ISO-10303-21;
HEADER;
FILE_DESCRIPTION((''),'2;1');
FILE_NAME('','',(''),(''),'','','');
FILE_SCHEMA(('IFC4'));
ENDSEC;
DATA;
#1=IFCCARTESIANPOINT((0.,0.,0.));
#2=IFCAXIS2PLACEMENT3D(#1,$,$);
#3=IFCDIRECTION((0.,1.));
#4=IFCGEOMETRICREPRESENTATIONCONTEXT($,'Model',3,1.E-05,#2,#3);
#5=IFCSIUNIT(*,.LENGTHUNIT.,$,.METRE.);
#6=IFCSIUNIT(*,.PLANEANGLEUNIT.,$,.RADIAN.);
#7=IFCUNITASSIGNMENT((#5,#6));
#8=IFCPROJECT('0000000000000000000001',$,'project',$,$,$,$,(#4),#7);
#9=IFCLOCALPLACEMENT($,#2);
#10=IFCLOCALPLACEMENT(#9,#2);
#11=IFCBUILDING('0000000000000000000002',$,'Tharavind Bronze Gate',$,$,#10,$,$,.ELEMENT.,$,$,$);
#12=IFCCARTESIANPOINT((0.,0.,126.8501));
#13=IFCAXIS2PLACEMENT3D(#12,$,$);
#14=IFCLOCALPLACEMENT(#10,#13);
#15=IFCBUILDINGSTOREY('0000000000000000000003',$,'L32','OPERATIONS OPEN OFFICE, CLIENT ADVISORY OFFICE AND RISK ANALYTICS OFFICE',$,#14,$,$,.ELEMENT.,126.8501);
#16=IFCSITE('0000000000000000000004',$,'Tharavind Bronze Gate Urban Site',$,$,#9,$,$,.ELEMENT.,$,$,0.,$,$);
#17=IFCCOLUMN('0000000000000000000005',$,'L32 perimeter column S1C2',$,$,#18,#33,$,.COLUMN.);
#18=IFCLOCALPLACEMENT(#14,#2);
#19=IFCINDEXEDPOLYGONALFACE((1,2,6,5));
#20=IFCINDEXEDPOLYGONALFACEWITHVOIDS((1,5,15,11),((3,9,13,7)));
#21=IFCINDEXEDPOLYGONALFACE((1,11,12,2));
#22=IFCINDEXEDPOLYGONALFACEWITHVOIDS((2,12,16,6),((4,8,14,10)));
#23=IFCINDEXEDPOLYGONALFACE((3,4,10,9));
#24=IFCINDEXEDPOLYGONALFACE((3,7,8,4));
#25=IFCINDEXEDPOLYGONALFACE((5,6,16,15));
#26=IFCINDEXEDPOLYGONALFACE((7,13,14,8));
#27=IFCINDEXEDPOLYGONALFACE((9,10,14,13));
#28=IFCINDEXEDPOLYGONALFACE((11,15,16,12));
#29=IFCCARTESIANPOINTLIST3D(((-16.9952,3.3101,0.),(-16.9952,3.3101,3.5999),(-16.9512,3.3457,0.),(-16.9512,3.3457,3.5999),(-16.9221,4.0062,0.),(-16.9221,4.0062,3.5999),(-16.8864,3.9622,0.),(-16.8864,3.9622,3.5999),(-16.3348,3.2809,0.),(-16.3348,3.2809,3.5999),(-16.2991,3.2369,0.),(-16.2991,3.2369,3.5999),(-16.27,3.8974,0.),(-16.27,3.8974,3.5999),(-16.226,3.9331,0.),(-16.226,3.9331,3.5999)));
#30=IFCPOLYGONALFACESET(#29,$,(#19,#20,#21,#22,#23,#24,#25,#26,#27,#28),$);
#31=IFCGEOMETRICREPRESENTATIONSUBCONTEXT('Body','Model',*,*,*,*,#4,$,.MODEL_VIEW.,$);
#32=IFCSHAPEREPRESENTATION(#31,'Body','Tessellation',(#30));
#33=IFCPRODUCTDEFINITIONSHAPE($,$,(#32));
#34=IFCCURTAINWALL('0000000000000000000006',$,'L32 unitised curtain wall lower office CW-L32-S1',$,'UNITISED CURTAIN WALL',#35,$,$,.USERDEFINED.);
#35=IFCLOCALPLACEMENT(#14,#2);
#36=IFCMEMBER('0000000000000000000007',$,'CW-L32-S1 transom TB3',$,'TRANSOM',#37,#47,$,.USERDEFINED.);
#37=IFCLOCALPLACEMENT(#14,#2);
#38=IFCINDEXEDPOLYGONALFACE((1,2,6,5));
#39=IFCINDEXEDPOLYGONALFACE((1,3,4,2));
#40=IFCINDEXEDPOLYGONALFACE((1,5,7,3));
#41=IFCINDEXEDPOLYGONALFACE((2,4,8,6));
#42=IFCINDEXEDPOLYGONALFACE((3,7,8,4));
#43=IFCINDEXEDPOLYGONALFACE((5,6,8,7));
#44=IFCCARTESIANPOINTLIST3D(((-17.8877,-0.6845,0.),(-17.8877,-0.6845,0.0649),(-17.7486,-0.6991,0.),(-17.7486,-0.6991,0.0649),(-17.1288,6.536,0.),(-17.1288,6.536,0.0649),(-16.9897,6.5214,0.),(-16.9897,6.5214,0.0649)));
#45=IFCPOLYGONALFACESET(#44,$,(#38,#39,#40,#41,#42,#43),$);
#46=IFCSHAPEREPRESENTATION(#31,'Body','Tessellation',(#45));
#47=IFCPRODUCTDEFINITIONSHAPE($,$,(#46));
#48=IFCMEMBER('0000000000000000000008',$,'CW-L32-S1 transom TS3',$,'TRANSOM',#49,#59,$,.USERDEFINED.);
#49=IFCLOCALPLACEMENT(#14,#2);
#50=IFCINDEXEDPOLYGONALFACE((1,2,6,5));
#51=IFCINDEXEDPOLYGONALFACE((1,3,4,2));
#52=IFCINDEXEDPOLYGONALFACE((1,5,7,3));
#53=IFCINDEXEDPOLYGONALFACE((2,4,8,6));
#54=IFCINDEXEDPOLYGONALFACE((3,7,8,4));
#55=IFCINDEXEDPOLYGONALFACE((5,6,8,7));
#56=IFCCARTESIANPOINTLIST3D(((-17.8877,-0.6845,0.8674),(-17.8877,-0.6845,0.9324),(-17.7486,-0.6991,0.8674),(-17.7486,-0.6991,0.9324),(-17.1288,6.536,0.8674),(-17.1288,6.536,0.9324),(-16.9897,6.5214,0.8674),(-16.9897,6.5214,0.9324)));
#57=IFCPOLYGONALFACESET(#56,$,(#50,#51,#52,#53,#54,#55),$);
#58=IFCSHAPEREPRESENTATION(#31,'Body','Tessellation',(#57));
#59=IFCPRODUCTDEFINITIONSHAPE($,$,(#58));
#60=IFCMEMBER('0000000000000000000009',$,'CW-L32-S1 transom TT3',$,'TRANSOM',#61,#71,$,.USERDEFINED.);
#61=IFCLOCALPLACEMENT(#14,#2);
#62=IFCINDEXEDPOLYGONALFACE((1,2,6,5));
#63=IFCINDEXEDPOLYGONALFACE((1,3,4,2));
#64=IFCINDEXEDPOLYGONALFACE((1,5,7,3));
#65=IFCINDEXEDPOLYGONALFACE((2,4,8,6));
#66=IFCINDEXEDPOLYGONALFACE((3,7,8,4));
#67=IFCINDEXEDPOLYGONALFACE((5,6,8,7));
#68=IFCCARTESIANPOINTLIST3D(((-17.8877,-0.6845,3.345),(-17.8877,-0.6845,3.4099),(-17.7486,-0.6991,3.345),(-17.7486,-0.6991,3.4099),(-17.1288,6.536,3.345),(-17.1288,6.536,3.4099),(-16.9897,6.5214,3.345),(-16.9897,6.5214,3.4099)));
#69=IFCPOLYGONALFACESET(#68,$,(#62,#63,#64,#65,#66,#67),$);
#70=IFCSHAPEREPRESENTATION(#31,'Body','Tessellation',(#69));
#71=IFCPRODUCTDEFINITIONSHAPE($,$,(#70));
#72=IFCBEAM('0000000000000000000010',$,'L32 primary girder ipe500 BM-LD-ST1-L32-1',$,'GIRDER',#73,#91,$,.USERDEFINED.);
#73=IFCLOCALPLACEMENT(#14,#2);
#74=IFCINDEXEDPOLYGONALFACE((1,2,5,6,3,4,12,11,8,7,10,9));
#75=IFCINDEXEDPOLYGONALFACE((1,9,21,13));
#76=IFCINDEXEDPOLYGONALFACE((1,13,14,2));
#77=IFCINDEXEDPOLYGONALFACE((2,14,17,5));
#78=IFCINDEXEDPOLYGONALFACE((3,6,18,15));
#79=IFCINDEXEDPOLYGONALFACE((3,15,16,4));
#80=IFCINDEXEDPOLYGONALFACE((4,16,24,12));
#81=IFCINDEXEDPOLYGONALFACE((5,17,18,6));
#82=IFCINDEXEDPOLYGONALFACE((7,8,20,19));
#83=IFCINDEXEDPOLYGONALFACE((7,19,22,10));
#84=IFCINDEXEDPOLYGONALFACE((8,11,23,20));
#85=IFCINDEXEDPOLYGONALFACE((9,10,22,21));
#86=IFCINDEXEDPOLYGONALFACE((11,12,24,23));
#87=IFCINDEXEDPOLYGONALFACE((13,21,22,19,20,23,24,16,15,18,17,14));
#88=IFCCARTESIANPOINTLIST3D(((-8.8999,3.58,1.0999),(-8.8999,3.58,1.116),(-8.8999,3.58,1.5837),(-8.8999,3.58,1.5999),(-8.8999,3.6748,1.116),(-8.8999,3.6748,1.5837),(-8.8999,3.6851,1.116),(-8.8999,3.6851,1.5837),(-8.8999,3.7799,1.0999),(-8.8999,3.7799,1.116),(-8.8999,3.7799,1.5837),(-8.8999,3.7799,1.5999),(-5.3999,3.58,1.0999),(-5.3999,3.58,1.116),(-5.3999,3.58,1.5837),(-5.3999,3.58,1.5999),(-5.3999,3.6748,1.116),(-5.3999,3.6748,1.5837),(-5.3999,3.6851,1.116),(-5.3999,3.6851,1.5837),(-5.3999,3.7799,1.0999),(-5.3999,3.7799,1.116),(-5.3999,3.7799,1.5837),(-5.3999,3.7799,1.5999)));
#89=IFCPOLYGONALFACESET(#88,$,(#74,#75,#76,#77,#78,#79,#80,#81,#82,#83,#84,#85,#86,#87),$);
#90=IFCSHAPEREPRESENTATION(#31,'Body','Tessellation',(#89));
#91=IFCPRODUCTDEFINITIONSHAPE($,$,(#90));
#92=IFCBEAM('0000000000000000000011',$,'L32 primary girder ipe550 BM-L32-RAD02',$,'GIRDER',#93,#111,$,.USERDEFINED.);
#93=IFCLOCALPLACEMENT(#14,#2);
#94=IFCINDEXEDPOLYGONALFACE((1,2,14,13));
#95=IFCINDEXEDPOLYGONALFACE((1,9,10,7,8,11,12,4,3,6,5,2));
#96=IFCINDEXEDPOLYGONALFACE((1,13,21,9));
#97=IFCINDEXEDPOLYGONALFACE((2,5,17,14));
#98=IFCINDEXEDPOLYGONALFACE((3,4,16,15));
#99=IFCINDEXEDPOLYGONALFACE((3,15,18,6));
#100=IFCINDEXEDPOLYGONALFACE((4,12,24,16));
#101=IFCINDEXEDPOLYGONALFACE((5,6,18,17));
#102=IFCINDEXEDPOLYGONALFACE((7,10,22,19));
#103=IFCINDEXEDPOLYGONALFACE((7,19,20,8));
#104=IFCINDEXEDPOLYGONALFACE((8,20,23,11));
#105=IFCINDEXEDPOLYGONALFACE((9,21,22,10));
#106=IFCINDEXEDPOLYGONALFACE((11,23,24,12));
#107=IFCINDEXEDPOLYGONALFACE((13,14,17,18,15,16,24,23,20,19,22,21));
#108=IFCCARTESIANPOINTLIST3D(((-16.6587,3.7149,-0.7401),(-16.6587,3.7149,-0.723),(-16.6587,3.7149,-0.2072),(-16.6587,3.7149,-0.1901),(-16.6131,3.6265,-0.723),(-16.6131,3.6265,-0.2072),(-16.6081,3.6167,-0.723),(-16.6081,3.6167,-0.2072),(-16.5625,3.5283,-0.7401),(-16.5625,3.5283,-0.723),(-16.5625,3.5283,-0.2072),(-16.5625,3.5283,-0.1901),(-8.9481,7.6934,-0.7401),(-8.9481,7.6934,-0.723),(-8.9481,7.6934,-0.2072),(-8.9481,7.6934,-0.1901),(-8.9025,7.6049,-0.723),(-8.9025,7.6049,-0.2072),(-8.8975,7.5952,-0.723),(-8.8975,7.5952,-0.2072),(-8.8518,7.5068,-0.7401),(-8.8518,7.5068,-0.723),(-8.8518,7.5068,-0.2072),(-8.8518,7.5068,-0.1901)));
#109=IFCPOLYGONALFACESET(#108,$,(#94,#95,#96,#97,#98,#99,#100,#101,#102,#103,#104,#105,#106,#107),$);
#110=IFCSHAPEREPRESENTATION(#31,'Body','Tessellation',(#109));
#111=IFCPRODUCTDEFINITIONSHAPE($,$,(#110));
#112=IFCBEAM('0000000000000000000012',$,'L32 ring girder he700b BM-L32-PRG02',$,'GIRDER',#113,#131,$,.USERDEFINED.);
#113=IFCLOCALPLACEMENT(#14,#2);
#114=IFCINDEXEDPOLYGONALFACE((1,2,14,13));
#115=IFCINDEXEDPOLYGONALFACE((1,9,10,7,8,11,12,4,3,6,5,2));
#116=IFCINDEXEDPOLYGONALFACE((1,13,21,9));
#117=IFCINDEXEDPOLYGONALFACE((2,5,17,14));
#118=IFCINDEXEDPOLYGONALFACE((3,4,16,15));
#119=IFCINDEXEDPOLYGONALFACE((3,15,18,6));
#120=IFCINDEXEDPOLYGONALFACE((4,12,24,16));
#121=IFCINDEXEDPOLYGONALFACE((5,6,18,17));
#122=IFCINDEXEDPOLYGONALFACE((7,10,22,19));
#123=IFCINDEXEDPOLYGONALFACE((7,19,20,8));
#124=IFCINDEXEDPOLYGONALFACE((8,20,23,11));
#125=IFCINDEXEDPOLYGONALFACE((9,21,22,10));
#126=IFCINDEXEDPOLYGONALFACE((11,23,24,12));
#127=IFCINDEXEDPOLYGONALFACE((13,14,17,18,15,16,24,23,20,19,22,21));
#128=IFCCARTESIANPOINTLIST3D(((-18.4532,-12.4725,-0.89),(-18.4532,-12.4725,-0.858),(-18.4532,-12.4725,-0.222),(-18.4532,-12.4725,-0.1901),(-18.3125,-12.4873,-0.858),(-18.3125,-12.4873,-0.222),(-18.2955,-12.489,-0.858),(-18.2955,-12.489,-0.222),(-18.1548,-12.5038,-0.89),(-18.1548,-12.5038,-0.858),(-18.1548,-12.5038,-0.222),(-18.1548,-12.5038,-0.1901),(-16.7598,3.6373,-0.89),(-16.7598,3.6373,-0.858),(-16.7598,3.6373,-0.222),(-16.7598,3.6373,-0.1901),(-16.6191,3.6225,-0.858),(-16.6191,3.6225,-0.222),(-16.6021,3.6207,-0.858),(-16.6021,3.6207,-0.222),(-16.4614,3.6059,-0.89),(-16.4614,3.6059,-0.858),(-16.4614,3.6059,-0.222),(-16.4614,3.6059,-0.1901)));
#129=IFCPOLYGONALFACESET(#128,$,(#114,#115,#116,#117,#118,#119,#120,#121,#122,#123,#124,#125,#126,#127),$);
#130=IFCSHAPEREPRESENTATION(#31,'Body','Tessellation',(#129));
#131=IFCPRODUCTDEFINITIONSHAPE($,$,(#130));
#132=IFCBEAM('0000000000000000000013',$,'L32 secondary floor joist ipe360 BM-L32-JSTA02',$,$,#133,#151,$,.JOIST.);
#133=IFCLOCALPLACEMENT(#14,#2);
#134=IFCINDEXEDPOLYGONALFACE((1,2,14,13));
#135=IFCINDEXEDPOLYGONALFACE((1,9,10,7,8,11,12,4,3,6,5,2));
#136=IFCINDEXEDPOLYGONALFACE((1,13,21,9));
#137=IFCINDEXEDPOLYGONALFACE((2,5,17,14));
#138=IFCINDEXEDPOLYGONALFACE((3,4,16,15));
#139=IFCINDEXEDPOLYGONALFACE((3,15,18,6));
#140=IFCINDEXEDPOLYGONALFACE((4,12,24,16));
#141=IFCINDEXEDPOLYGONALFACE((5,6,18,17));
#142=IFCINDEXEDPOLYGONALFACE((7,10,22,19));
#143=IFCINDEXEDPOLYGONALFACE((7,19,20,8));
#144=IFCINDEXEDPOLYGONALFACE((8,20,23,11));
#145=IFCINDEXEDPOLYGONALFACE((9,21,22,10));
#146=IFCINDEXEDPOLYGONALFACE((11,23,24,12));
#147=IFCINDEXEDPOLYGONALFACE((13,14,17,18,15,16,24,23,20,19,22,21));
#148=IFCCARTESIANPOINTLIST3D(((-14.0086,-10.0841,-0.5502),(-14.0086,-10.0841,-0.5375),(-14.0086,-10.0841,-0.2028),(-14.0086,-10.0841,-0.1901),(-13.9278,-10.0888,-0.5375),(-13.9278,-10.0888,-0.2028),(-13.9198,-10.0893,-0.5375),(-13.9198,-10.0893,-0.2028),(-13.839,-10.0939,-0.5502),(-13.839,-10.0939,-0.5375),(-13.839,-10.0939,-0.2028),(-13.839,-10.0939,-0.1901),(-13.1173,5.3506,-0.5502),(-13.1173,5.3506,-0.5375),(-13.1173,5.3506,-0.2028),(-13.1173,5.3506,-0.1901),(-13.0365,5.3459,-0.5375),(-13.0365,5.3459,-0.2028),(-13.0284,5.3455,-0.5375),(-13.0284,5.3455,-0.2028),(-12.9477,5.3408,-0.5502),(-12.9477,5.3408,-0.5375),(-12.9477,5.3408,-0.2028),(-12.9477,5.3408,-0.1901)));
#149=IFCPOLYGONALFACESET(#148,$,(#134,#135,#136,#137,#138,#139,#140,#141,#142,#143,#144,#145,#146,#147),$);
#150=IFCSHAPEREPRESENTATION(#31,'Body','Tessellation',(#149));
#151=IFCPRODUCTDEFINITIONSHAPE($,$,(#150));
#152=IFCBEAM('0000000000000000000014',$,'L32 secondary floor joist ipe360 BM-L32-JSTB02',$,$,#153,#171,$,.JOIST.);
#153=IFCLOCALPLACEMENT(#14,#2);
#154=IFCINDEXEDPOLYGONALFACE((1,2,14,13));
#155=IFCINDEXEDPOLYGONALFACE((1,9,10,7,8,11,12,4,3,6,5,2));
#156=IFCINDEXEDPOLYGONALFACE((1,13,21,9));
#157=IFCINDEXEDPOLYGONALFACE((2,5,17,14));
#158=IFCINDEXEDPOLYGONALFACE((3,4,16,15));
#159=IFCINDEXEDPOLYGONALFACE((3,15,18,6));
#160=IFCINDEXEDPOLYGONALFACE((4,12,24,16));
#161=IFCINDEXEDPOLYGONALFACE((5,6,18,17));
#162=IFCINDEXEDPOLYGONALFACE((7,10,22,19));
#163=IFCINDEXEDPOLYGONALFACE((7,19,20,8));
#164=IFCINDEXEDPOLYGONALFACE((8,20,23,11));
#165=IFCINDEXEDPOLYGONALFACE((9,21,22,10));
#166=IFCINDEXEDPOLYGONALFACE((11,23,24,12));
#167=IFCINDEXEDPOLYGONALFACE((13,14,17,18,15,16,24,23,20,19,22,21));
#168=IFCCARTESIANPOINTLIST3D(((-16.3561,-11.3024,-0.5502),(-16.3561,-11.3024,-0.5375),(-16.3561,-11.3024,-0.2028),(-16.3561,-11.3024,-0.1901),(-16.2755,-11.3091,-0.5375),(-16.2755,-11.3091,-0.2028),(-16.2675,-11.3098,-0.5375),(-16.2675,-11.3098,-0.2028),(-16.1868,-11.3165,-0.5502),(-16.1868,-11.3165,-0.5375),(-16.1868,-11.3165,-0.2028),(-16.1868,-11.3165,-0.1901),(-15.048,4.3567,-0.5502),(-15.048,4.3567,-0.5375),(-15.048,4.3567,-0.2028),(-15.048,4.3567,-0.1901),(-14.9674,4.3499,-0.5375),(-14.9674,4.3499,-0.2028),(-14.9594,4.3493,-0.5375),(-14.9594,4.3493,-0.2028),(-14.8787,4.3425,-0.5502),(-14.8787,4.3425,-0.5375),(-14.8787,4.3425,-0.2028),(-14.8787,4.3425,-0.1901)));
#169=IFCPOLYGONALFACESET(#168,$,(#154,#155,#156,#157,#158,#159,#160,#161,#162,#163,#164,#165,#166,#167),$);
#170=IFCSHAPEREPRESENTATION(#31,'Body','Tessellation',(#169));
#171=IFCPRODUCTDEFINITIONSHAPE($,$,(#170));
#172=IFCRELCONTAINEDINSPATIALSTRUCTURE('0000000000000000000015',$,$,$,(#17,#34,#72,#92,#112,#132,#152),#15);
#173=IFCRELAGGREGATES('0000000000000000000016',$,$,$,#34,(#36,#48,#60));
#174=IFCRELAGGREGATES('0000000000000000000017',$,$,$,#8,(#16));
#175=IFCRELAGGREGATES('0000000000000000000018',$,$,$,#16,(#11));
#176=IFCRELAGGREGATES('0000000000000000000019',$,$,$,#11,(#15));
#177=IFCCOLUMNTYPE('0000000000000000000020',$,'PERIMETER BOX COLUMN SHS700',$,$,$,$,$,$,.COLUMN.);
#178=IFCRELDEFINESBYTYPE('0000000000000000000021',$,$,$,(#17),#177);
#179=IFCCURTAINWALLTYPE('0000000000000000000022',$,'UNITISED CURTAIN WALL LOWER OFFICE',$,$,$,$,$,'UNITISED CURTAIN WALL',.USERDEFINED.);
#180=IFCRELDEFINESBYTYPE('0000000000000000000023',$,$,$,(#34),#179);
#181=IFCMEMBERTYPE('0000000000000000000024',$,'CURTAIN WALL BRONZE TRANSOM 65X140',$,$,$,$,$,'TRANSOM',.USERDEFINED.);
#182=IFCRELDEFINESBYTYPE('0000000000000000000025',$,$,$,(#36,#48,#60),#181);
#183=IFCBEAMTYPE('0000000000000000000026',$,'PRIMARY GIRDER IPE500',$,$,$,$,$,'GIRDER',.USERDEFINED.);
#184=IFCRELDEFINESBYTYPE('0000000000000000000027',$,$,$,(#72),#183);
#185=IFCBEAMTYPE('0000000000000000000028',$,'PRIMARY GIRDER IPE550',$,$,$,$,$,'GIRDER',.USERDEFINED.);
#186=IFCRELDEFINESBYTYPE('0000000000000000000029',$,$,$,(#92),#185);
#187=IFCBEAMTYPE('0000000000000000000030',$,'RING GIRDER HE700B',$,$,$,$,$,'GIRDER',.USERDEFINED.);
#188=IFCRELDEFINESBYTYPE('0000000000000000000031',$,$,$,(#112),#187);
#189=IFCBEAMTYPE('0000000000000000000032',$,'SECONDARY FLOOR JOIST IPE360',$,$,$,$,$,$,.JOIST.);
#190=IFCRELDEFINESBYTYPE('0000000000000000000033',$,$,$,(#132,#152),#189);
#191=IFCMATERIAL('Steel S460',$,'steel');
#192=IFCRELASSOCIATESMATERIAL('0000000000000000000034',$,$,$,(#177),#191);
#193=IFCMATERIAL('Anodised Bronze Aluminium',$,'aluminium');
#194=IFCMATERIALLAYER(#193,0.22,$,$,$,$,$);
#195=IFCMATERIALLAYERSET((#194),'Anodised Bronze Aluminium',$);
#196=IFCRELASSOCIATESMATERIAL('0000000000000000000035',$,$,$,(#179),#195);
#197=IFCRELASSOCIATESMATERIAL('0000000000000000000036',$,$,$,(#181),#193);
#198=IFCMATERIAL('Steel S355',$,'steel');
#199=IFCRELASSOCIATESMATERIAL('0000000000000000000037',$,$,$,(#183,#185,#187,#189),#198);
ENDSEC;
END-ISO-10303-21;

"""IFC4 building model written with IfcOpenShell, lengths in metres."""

from ifc_helpers import new_model, si_unit, direction, frame, origin, origin_2d, place, context, subcontext, project, spatial, rectangle, hollow_rectangle, i_section, extrude, material, layer, layer_set, material_profile, profile_set, type_object, element, aggregate, save


model = new_model("IFC4")

# Units and contexts
model_context = context("Model", 3, precision=1e-05, world=origin(), true_north=direction((0.0, 1.0)))
body_context = subcontext(model_context, "Body", "Model", "MODEL_VIEW")
ifc_project = project(units=[si_unit("LENGTHUNIT", "METRE"), si_unit("PLANEANGLEUNIT", "RADIAN")], contexts=[model_context])

# Site, building, storey
site_placement = place(None, origin())
site = spatial("IfcSite", under=ifc_project, at=site_placement, Name="Tharavind Bronze Gate Urban Site", CompositionType="ELEMENT", RefElevation=0.0)
building_placement = place(site_placement, origin())
building = spatial("IfcBuilding", under=site, at=building_placement, Name="Tharavind Bronze Gate", CompositionType="ELEMENT")
storey_placement = place(building_placement, frame((0.0, 0.0, 126.8501)))
storey = spatial("IfcBuildingStorey", under=building, at=storey_placement, Name="L32", Description="OPERATIONS OPEN OFFICE, CLIENT ADVISORY OFFICE AND RISK ANALYTICS OFFICE", CompositionType="ELEMENT", Elevation=126.8501)

# Column
ifc_material_1 = material(Name="Steel S460", Category="steel")
ifc_material_profile_1 = material_profile(ifc_material_1, hollow_rectangle(XDim=0.7, YDim=0.7, WallThickness=0.04, at=origin_2d()), Name="SHS700X40")
ifc_profile_set_1 = profile_set([ifc_material_profile_1], Name="Steel S460")
column_type = type_object("IfcColumnType", Name="PERIMETER BOX COLUMN SHS700", PredefinedType="COLUMN", material=ifc_profile_set_1)
column_placement = place(storey_placement, frame((-16.6106, 3.6216, 0.0), z_axis=(0.0, 0.0, 1.0), x_axis=(0.10453, 0.994522, 0.0)))
element("IfcColumn", 1, at=column_placement, inside=storey, type_object=column_type, Name="L32 perimeter column S1C2", PredefinedType="COLUMN", context=body_context, shape_type="SweptSolid", body=[
    extrude(hollow_rectangle(XDim=0.7, YDim=0.7, WallThickness=0.04, at=origin_2d()), origin(), (0.0, 0.0, 1.0), 3.5999),
])

# Curtain wall, members
ifc_material_2 = material(Name="Anodised Bronze Aluminium", Category="aluminium")
ifc_layer_1 = layer(ifc_material_2, 0.22)
ifc_layer_set_1 = layer_set([ifc_layer_1], Name="Anodised Bronze Aluminium")
curtain_wall_type = type_object("IfcCurtainWallType", Name="UNITISED CURTAIN WALL LOWER OFFICE", ElementType="UNITISED CURTAIN WALL", PredefinedType="USERDEFINED", material=ifc_layer_set_1)
curtain_wall_placement = place(storey_placement, origin())
curtain_wall = element("IfcCurtainWall", 2, at=curtain_wall_placement, inside=storey, type_object=curtain_wall_type, Name="L32 unitised curtain wall lower office CW-L32-S1", ObjectType="UNITISED CURTAIN WALL", PredefinedType="USERDEFINED")
member_type = type_object("IfcMemberType", Name="CURTAIN WALL BRONZE TRANSOM 65X140", ElementType="TRANSOM", PredefinedType="USERDEFINED", material=ifc_material_2)
member_1_placement = place(storey_placement, frame((-17.4387, 2.9185, 0.0), z_axis=(0.0, 0.0, 1.0), x_axis=(-0.104527, -0.994522, 0.0)))
member_1 = element("IfcMember", 3, at=member_1_placement, type_object=member_type, Name="CW-L32-S1 transom TB3", ObjectType="TRANSOM", PredefinedType="USERDEFINED", context=body_context, shape_type="SweptSolid", body=[
    extrude(rectangle(XDim=7.2603, YDim=0.1399, at=origin_2d()), origin(), (0.0, 0.0, 1.0), 0.0649),
])
member_2_placement = place(storey_placement, frame((-17.4387, 2.9185, 0.8674), z_axis=(0.0, 0.0, 1.0), x_axis=(-0.104527, -0.994522, 0.0)))
member_2 = element("IfcMember", 4, at=member_2_placement, type_object=member_type, Name="CW-L32-S1 transom TS3", ObjectType="TRANSOM", PredefinedType="USERDEFINED", context=body_context, shape_type="SweptSolid", body=[
    extrude(rectangle(XDim=7.2603, YDim=0.1399, at=origin_2d()), origin(), (0.0, 0.0, 1.0), 0.0649),
])
member_3_placement = place(storey_placement, frame((-17.4387, 2.9185, 3.345), z_axis=(0.0, 0.0, 1.0), x_axis=(-0.104527, -0.994522, 0.0)))
member_3 = element("IfcMember", 5, at=member_3_placement, type_object=member_type, Name="CW-L32-S1 transom TT3", ObjectType="TRANSOM", PredefinedType="USERDEFINED", context=body_context, shape_type="SweptSolid", body=[
    extrude(rectangle(XDim=7.2603, YDim=0.1399, at=origin_2d()), origin(), (0.0, 0.0, 1.0), 0.0649),
])

# Beams
ifc_material_3 = material(Name="Steel S355", Category="steel")
ifc_material_profile_2 = material_profile(ifc_material_3, i_section(OverallWidth=0.2, OverallDepth=0.5, WebThickness=0.0103, FlangeThickness=0.0161, at=origin_2d()), Name="IPE500")
ifc_profile_set_2 = profile_set([ifc_material_profile_2], Name="Steel S355")
beam_type_1 = type_object("IfcBeamType", Name="PRIMARY GIRDER IPE500", ElementType="GIRDER", PredefinedType="USERDEFINED", material=ifc_profile_set_2)
beam_1_placement = place(storey_placement, frame((-8.8999, 3.6799, 1.3499), z_axis=(1.0, 0.0, 0.0), x_axis=(0.0, 1.0, 0.0)))
element("IfcBeam", 6, at=beam_1_placement, inside=storey, type_object=beam_type_1, Name="L32 primary girder ipe500 BM-LD-ST1-L32-1", ObjectType="GIRDER", PredefinedType="USERDEFINED", context=body_context, shape_type="SweptSolid", body=[
    extrude(i_section(OverallWidth=0.2, OverallDepth=0.5, WebThickness=0.0103, FlangeThickness=0.0161, at=origin_2d()), origin(), (0.0, 0.0, 1.0), 3.5),
])
ifc_material_profile_3 = material_profile(ifc_material_3, i_section(OverallWidth=0.21, OverallDepth=0.55, WebThickness=0.011, FlangeThickness=0.0171, at=origin_2d()), Name="IPE550")
ifc_profile_set_3 = profile_set([ifc_material_profile_3], Name="Steel S355")
beam_type_2 = type_object("IfcBeamType", Name="PRIMARY GIRDER IPE550", ElementType="GIRDER", PredefinedType="USERDEFINED", material=ifc_profile_set_3)
beam_2_placement = place(storey_placement, frame((-16.6106, 3.6216, -0.4651), z_axis=(0.888677, 0.458534, 0.0), x_axis=(-0.458534, 0.888677, 0.0)))
element("IfcBeam", 7, at=beam_2_placement, inside=storey, type_object=beam_type_2, Name="L32 primary girder ipe550 BM-L32-RAD02", ObjectType="GIRDER", PredefinedType="USERDEFINED", context=body_context, shape_type="SweptSolid", body=[
    extrude(i_section(OverallWidth=0.21, OverallDepth=0.55, WebThickness=0.011, FlangeThickness=0.0171, at=origin_2d()), origin(), (0.0, 0.0, 1.0), 8.6765),
])
ifc_material_profile_4 = material_profile(ifc_material_3, i_section(OverallWidth=0.3, OverallDepth=0.7, WebThickness=0.0171, FlangeThickness=0.032, at=origin_2d()), Name="HE700B")
ifc_profile_set_4 = profile_set([ifc_material_profile_4], Name="Steel S355")
beam_type_3 = type_object("IfcBeamType", Name="RING GIRDER HE700B", ElementType="GIRDER", PredefinedType="USERDEFINED", material=ifc_profile_set_4)
beam_3_placement = place(storey_placement, frame((-16.6106, 3.6216, -0.54), z_axis=(-0.104539, -0.994521, 0.0), x_axis=(0.994521, -0.104539, 0.0)))
element("IfcBeam", 8, at=beam_3_placement, inside=storey, type_object=beam_type_3, Name="L32 ring girder he700b BM-L32-PRG02", ObjectType="GIRDER", PredefinedType="USERDEFINED", context=body_context, shape_type="SweptSolid", body=[
    extrude(i_section(OverallWidth=0.3, OverallDepth=0.7, WebThickness=0.0171, FlangeThickness=0.032, at=origin_2d()), origin(), (0.0, 0.0, 1.0), 16.1985),
])
ifc_material_profile_5 = material_profile(ifc_material_3, i_section(OverallWidth=0.1699, OverallDepth=0.3601, WebThickness=0.0081, FlangeThickness=0.0127, at=origin_2d()), Name="IPE360")
ifc_profile_set_5 = profile_set([ifc_material_profile_5], Name="Steel S355")
beam_type_4 = type_object("IfcBeamType", Name="SECONDARY FLOOR JOIST IPE360", PredefinedType="JOIST", material=ifc_profile_set_5)
beam_4_placement = place(storey_placement, frame((-13.0325, 5.3457, -0.3701), z_axis=(-0.057654, -0.998337, 0.0), x_axis=(0.998337, -0.057654, 0.0)))
element("IfcBeam", 9, at=beam_4_placement, inside=storey, type_object=beam_type_4, Name="L32 secondary floor joist ipe360 BM-L32-JSTA02", PredefinedType="JOIST", context=body_context, shape_type="SweptSolid", body=[
    extrude(i_section(OverallWidth=0.1699, OverallDepth=0.3601, WebThickness=0.0081, FlangeThickness=0.0127, at=origin_2d()), origin(), (0.0, 0.0, 1.0), 15.4604),
])
beam_5_placement = place(storey_placement, frame((-14.9634, 4.3496, -0.3701), z_axis=(-0.083246, -0.996529, 0.0), x_axis=(0.996529, -0.083246, 0.0)))
element("IfcBeam", 10, at=beam_5_placement, inside=storey, type_object=beam_type_4, Name="L32 secondary floor joist ipe360 BM-L32-JSTB02", PredefinedType="JOIST", context=body_context, shape_type="SweptSolid", body=[
    extrude(i_section(OverallWidth=0.1699, OverallDepth=0.3601, WebThickness=0.0081, FlangeThickness=0.0127, at=origin_2d()), origin(), (0.0, 0.0, 1.0), 15.7136),
])

aggregate(curtain_wall, [member_1, member_2, member_3])

save(model, "model.ifc")
